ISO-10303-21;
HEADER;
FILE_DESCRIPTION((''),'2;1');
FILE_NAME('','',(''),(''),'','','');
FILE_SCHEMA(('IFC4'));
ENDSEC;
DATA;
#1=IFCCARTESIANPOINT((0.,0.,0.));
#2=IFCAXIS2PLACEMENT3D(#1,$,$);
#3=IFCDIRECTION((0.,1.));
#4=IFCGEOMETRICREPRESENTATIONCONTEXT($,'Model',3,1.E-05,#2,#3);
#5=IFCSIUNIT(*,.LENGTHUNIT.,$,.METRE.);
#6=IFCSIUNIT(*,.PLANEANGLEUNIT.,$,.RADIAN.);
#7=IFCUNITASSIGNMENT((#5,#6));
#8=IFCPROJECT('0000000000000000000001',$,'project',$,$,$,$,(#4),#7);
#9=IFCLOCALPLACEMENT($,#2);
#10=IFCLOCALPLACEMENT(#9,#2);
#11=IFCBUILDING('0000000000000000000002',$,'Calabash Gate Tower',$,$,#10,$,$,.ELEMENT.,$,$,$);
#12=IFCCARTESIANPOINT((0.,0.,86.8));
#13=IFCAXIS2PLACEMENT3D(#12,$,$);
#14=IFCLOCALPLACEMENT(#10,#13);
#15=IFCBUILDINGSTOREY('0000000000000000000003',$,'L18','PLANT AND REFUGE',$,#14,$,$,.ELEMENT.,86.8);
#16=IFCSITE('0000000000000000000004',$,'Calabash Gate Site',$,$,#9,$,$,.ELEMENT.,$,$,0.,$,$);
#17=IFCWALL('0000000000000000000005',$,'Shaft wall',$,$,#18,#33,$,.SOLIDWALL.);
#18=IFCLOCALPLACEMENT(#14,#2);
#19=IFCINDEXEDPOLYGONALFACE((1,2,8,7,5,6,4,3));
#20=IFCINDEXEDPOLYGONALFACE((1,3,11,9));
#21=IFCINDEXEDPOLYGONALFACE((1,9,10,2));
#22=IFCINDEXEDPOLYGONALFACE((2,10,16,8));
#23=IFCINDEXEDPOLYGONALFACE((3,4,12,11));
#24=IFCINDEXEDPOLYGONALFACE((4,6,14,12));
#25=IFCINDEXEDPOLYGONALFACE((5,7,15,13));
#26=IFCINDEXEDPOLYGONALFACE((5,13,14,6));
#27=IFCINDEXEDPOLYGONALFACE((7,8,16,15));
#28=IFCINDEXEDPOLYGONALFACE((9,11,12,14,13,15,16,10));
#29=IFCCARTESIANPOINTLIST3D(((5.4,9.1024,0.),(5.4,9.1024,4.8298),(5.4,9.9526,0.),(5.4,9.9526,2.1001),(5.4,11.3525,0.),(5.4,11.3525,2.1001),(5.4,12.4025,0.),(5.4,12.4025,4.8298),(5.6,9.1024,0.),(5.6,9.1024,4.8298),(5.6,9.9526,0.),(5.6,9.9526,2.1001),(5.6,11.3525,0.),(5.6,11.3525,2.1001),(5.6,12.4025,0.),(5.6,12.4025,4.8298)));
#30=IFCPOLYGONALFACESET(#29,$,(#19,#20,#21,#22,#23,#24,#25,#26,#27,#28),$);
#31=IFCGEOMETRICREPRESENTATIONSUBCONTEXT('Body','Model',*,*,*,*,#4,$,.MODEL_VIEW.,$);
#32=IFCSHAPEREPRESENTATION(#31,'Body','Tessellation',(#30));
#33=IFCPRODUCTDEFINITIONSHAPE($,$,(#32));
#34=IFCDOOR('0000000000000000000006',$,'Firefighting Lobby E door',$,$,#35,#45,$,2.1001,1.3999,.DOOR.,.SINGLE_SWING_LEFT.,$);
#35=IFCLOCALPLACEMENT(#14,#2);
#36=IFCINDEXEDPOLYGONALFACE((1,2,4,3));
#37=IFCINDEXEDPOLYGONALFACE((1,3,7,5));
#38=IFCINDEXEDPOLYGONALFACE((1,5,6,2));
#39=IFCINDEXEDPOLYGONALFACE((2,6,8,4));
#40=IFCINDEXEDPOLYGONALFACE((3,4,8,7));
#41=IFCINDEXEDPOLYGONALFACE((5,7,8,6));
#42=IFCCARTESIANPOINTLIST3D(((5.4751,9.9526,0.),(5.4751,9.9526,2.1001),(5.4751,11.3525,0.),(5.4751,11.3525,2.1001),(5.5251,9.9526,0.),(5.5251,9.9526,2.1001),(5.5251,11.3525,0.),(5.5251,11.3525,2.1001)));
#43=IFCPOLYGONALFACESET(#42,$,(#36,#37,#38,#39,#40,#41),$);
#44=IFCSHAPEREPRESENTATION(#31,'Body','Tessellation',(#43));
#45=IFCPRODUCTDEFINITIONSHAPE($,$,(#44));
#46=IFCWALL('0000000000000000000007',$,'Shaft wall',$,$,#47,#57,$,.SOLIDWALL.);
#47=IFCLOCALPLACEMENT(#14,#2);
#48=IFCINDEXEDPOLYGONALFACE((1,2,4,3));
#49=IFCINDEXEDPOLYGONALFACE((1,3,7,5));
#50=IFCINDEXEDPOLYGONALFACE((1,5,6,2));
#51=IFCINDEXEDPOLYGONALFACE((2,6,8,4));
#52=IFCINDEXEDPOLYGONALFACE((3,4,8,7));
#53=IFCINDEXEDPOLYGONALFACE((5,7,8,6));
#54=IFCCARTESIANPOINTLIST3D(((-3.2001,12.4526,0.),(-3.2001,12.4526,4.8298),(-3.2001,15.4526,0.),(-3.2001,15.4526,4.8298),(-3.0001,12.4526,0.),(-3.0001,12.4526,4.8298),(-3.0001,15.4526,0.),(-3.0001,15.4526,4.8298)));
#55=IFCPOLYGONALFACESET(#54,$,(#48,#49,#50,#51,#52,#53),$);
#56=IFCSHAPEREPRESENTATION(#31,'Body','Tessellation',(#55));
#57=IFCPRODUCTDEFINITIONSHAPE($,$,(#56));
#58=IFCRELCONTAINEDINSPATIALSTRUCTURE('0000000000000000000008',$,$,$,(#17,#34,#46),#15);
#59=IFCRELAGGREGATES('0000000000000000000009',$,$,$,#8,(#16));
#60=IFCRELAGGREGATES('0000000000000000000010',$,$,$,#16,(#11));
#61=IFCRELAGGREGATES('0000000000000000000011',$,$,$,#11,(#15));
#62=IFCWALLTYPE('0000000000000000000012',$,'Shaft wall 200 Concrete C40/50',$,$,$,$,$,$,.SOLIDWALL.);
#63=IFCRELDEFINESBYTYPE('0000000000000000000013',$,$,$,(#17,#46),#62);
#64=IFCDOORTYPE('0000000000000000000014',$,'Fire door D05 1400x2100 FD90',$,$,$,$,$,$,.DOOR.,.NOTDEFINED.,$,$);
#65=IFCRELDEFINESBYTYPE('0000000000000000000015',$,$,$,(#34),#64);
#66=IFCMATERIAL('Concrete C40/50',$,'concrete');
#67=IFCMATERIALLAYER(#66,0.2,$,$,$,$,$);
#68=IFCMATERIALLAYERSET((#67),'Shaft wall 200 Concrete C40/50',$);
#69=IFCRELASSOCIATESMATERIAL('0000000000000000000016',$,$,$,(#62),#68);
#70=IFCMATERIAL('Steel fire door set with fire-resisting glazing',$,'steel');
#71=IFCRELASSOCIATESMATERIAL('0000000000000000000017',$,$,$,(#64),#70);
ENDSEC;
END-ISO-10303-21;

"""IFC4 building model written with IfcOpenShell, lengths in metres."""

from ifc_helpers import new_model, si_unit, direction, frame, frame_2d, origin, place, context, subcontext, project, spatial, rectangle, extrude, material, layer, layer_set, type_object, element, fill, save


model = new_model("IFC4")

# Units and contexts
model_context = context("Model", 3, precision=1e-05, world=origin(), true_north=direction((0.0, 1.0)))
body_context = subcontext(model_context, "Body", "Model", "MODEL_VIEW")
ifc_project = project(units=[si_unit("LENGTHUNIT", "METRE"), si_unit("PLANEANGLEUNIT", "RADIAN")], contexts=[model_context])

# Site, building, storey
site_placement = place(None, origin())
site = spatial("IfcSite", under=ifc_project, at=site_placement, Name="Calabash Gate Site", CompositionType="ELEMENT", RefElevation=0.0)
building_placement = place(site_placement, origin())
building = spatial("IfcBuilding", under=site, at=building_placement, Name="Calabash Gate Tower", CompositionType="ELEMENT")
storey_placement = place(building_placement, frame((0.0, 0.0, 86.8)))
storey = spatial("IfcBuildingStorey", under=building, at=storey_placement, Name="L18", Description="PLANT AND REFUGE", CompositionType="ELEMENT", Elevation=86.8)

# Shared definitions
ifc_material_1 = material(Name="Concrete C40/50", Category="concrete")
ifc_layer_1 = layer(ifc_material_1, 0.2)
ifc_layer_set_1 = layer_set([ifc_layer_1], Name="Shaft wall 200 Concrete C40/50")
wall_type_1 = type_object("IfcWallType", Name="Shaft wall 200 Concrete C40/50", PredefinedType="SOLIDWALL", material=ifc_layer_set_1)

# Wall, opening, door
wall_1_placement = place(storey_placement, frame((5.5, 9.1025, 0.0), z_axis=(0.0, 0.0, 1.0), x_axis=(0.0, 1.0, 0.0)))
wall_1 = element("IfcWall", 1, at=wall_1_placement, inside=storey, type_object=wall_type_1, Name="Shaft wall", PredefinedType="SOLIDWALL", context=body_context, shape_type="SweptSolid", body=[
    extrude(rectangle(XDim=3.3, YDim=0.2, at=frame_2d((1.6499, 0.0))), origin(), (0.0, 0.0, 1.0), 4.8298),
])
opening_1_placement = place(wall_1_placement, frame((0.8501, 0.0, 0.0)))
opening_1 = element("IfcOpeningElement", 2, at=opening_1_placement, cuts=wall_1, PredefinedType="OPENING", context=body_context, shape_type="SweptSolid", body=[
    extrude(rectangle(XDim=1.3999, YDim=2.1001, at=frame_2d((0.7, 1.05))), frame((0.0, 0.1099, 0.0), z_axis=(0.0, -1.0, 0.0), x_axis=(1.0, 0.0, 0.0)), (0.0, 0.0, 1.0), 0.22),
])
ifc_material_2 = material(Name="Steel fire door set with fire-resisting glazing", Category="steel")
door_type_1 = type_object("IfcDoorType", Name="Fire door D05 1400x2100 FD90", OperationType="NOTDEFINED", PredefinedType="DOOR", material=ifc_material_2)
door_1_placement = place(opening_1_placement, origin())
door_1 = element("IfcDoor", 3, at=door_1_placement, inside=storey, type_object=door_type_1, Name="Firefighting Lobby E door", OperationType="SINGLE_SWING_LEFT", OverallHeight=2.1001, OverallWidth=1.3999, PredefinedType="DOOR", context=body_context, shape_type="SweptSolid", body=[
    extrude(rectangle(XDim=1.3999, YDim=2.1001, at=frame_2d((0.7, 1.05))), frame((0.0, 0.0249, 0.0), z_axis=(0.0, -1.0, 0.0), x_axis=(1.0, 0.0, 0.0)), (0.0, 0.0, 1.0), 0.05),
])
fill(opening_1, door_1)

# Wall
wall_2_placement = place(storey_placement, frame((-3.1001, 12.4526, 0.0), z_axis=(0.0, 0.0, 1.0), x_axis=(0.0, 1.0, 0.0)))
element("IfcWall", 4, at=wall_2_placement, inside=storey, type_object=wall_type_1, Name="Shaft wall", PredefinedType="SOLIDWALL", context=body_context, shape_type="SweptSolid", body=[
    extrude(rectangle(XDim=3.0, YDim=0.2, at=frame_2d((1.5, 0.0))), origin(), (0.0, 0.0, 1.0), 4.8298),
])

save(model, "model.ifc")
